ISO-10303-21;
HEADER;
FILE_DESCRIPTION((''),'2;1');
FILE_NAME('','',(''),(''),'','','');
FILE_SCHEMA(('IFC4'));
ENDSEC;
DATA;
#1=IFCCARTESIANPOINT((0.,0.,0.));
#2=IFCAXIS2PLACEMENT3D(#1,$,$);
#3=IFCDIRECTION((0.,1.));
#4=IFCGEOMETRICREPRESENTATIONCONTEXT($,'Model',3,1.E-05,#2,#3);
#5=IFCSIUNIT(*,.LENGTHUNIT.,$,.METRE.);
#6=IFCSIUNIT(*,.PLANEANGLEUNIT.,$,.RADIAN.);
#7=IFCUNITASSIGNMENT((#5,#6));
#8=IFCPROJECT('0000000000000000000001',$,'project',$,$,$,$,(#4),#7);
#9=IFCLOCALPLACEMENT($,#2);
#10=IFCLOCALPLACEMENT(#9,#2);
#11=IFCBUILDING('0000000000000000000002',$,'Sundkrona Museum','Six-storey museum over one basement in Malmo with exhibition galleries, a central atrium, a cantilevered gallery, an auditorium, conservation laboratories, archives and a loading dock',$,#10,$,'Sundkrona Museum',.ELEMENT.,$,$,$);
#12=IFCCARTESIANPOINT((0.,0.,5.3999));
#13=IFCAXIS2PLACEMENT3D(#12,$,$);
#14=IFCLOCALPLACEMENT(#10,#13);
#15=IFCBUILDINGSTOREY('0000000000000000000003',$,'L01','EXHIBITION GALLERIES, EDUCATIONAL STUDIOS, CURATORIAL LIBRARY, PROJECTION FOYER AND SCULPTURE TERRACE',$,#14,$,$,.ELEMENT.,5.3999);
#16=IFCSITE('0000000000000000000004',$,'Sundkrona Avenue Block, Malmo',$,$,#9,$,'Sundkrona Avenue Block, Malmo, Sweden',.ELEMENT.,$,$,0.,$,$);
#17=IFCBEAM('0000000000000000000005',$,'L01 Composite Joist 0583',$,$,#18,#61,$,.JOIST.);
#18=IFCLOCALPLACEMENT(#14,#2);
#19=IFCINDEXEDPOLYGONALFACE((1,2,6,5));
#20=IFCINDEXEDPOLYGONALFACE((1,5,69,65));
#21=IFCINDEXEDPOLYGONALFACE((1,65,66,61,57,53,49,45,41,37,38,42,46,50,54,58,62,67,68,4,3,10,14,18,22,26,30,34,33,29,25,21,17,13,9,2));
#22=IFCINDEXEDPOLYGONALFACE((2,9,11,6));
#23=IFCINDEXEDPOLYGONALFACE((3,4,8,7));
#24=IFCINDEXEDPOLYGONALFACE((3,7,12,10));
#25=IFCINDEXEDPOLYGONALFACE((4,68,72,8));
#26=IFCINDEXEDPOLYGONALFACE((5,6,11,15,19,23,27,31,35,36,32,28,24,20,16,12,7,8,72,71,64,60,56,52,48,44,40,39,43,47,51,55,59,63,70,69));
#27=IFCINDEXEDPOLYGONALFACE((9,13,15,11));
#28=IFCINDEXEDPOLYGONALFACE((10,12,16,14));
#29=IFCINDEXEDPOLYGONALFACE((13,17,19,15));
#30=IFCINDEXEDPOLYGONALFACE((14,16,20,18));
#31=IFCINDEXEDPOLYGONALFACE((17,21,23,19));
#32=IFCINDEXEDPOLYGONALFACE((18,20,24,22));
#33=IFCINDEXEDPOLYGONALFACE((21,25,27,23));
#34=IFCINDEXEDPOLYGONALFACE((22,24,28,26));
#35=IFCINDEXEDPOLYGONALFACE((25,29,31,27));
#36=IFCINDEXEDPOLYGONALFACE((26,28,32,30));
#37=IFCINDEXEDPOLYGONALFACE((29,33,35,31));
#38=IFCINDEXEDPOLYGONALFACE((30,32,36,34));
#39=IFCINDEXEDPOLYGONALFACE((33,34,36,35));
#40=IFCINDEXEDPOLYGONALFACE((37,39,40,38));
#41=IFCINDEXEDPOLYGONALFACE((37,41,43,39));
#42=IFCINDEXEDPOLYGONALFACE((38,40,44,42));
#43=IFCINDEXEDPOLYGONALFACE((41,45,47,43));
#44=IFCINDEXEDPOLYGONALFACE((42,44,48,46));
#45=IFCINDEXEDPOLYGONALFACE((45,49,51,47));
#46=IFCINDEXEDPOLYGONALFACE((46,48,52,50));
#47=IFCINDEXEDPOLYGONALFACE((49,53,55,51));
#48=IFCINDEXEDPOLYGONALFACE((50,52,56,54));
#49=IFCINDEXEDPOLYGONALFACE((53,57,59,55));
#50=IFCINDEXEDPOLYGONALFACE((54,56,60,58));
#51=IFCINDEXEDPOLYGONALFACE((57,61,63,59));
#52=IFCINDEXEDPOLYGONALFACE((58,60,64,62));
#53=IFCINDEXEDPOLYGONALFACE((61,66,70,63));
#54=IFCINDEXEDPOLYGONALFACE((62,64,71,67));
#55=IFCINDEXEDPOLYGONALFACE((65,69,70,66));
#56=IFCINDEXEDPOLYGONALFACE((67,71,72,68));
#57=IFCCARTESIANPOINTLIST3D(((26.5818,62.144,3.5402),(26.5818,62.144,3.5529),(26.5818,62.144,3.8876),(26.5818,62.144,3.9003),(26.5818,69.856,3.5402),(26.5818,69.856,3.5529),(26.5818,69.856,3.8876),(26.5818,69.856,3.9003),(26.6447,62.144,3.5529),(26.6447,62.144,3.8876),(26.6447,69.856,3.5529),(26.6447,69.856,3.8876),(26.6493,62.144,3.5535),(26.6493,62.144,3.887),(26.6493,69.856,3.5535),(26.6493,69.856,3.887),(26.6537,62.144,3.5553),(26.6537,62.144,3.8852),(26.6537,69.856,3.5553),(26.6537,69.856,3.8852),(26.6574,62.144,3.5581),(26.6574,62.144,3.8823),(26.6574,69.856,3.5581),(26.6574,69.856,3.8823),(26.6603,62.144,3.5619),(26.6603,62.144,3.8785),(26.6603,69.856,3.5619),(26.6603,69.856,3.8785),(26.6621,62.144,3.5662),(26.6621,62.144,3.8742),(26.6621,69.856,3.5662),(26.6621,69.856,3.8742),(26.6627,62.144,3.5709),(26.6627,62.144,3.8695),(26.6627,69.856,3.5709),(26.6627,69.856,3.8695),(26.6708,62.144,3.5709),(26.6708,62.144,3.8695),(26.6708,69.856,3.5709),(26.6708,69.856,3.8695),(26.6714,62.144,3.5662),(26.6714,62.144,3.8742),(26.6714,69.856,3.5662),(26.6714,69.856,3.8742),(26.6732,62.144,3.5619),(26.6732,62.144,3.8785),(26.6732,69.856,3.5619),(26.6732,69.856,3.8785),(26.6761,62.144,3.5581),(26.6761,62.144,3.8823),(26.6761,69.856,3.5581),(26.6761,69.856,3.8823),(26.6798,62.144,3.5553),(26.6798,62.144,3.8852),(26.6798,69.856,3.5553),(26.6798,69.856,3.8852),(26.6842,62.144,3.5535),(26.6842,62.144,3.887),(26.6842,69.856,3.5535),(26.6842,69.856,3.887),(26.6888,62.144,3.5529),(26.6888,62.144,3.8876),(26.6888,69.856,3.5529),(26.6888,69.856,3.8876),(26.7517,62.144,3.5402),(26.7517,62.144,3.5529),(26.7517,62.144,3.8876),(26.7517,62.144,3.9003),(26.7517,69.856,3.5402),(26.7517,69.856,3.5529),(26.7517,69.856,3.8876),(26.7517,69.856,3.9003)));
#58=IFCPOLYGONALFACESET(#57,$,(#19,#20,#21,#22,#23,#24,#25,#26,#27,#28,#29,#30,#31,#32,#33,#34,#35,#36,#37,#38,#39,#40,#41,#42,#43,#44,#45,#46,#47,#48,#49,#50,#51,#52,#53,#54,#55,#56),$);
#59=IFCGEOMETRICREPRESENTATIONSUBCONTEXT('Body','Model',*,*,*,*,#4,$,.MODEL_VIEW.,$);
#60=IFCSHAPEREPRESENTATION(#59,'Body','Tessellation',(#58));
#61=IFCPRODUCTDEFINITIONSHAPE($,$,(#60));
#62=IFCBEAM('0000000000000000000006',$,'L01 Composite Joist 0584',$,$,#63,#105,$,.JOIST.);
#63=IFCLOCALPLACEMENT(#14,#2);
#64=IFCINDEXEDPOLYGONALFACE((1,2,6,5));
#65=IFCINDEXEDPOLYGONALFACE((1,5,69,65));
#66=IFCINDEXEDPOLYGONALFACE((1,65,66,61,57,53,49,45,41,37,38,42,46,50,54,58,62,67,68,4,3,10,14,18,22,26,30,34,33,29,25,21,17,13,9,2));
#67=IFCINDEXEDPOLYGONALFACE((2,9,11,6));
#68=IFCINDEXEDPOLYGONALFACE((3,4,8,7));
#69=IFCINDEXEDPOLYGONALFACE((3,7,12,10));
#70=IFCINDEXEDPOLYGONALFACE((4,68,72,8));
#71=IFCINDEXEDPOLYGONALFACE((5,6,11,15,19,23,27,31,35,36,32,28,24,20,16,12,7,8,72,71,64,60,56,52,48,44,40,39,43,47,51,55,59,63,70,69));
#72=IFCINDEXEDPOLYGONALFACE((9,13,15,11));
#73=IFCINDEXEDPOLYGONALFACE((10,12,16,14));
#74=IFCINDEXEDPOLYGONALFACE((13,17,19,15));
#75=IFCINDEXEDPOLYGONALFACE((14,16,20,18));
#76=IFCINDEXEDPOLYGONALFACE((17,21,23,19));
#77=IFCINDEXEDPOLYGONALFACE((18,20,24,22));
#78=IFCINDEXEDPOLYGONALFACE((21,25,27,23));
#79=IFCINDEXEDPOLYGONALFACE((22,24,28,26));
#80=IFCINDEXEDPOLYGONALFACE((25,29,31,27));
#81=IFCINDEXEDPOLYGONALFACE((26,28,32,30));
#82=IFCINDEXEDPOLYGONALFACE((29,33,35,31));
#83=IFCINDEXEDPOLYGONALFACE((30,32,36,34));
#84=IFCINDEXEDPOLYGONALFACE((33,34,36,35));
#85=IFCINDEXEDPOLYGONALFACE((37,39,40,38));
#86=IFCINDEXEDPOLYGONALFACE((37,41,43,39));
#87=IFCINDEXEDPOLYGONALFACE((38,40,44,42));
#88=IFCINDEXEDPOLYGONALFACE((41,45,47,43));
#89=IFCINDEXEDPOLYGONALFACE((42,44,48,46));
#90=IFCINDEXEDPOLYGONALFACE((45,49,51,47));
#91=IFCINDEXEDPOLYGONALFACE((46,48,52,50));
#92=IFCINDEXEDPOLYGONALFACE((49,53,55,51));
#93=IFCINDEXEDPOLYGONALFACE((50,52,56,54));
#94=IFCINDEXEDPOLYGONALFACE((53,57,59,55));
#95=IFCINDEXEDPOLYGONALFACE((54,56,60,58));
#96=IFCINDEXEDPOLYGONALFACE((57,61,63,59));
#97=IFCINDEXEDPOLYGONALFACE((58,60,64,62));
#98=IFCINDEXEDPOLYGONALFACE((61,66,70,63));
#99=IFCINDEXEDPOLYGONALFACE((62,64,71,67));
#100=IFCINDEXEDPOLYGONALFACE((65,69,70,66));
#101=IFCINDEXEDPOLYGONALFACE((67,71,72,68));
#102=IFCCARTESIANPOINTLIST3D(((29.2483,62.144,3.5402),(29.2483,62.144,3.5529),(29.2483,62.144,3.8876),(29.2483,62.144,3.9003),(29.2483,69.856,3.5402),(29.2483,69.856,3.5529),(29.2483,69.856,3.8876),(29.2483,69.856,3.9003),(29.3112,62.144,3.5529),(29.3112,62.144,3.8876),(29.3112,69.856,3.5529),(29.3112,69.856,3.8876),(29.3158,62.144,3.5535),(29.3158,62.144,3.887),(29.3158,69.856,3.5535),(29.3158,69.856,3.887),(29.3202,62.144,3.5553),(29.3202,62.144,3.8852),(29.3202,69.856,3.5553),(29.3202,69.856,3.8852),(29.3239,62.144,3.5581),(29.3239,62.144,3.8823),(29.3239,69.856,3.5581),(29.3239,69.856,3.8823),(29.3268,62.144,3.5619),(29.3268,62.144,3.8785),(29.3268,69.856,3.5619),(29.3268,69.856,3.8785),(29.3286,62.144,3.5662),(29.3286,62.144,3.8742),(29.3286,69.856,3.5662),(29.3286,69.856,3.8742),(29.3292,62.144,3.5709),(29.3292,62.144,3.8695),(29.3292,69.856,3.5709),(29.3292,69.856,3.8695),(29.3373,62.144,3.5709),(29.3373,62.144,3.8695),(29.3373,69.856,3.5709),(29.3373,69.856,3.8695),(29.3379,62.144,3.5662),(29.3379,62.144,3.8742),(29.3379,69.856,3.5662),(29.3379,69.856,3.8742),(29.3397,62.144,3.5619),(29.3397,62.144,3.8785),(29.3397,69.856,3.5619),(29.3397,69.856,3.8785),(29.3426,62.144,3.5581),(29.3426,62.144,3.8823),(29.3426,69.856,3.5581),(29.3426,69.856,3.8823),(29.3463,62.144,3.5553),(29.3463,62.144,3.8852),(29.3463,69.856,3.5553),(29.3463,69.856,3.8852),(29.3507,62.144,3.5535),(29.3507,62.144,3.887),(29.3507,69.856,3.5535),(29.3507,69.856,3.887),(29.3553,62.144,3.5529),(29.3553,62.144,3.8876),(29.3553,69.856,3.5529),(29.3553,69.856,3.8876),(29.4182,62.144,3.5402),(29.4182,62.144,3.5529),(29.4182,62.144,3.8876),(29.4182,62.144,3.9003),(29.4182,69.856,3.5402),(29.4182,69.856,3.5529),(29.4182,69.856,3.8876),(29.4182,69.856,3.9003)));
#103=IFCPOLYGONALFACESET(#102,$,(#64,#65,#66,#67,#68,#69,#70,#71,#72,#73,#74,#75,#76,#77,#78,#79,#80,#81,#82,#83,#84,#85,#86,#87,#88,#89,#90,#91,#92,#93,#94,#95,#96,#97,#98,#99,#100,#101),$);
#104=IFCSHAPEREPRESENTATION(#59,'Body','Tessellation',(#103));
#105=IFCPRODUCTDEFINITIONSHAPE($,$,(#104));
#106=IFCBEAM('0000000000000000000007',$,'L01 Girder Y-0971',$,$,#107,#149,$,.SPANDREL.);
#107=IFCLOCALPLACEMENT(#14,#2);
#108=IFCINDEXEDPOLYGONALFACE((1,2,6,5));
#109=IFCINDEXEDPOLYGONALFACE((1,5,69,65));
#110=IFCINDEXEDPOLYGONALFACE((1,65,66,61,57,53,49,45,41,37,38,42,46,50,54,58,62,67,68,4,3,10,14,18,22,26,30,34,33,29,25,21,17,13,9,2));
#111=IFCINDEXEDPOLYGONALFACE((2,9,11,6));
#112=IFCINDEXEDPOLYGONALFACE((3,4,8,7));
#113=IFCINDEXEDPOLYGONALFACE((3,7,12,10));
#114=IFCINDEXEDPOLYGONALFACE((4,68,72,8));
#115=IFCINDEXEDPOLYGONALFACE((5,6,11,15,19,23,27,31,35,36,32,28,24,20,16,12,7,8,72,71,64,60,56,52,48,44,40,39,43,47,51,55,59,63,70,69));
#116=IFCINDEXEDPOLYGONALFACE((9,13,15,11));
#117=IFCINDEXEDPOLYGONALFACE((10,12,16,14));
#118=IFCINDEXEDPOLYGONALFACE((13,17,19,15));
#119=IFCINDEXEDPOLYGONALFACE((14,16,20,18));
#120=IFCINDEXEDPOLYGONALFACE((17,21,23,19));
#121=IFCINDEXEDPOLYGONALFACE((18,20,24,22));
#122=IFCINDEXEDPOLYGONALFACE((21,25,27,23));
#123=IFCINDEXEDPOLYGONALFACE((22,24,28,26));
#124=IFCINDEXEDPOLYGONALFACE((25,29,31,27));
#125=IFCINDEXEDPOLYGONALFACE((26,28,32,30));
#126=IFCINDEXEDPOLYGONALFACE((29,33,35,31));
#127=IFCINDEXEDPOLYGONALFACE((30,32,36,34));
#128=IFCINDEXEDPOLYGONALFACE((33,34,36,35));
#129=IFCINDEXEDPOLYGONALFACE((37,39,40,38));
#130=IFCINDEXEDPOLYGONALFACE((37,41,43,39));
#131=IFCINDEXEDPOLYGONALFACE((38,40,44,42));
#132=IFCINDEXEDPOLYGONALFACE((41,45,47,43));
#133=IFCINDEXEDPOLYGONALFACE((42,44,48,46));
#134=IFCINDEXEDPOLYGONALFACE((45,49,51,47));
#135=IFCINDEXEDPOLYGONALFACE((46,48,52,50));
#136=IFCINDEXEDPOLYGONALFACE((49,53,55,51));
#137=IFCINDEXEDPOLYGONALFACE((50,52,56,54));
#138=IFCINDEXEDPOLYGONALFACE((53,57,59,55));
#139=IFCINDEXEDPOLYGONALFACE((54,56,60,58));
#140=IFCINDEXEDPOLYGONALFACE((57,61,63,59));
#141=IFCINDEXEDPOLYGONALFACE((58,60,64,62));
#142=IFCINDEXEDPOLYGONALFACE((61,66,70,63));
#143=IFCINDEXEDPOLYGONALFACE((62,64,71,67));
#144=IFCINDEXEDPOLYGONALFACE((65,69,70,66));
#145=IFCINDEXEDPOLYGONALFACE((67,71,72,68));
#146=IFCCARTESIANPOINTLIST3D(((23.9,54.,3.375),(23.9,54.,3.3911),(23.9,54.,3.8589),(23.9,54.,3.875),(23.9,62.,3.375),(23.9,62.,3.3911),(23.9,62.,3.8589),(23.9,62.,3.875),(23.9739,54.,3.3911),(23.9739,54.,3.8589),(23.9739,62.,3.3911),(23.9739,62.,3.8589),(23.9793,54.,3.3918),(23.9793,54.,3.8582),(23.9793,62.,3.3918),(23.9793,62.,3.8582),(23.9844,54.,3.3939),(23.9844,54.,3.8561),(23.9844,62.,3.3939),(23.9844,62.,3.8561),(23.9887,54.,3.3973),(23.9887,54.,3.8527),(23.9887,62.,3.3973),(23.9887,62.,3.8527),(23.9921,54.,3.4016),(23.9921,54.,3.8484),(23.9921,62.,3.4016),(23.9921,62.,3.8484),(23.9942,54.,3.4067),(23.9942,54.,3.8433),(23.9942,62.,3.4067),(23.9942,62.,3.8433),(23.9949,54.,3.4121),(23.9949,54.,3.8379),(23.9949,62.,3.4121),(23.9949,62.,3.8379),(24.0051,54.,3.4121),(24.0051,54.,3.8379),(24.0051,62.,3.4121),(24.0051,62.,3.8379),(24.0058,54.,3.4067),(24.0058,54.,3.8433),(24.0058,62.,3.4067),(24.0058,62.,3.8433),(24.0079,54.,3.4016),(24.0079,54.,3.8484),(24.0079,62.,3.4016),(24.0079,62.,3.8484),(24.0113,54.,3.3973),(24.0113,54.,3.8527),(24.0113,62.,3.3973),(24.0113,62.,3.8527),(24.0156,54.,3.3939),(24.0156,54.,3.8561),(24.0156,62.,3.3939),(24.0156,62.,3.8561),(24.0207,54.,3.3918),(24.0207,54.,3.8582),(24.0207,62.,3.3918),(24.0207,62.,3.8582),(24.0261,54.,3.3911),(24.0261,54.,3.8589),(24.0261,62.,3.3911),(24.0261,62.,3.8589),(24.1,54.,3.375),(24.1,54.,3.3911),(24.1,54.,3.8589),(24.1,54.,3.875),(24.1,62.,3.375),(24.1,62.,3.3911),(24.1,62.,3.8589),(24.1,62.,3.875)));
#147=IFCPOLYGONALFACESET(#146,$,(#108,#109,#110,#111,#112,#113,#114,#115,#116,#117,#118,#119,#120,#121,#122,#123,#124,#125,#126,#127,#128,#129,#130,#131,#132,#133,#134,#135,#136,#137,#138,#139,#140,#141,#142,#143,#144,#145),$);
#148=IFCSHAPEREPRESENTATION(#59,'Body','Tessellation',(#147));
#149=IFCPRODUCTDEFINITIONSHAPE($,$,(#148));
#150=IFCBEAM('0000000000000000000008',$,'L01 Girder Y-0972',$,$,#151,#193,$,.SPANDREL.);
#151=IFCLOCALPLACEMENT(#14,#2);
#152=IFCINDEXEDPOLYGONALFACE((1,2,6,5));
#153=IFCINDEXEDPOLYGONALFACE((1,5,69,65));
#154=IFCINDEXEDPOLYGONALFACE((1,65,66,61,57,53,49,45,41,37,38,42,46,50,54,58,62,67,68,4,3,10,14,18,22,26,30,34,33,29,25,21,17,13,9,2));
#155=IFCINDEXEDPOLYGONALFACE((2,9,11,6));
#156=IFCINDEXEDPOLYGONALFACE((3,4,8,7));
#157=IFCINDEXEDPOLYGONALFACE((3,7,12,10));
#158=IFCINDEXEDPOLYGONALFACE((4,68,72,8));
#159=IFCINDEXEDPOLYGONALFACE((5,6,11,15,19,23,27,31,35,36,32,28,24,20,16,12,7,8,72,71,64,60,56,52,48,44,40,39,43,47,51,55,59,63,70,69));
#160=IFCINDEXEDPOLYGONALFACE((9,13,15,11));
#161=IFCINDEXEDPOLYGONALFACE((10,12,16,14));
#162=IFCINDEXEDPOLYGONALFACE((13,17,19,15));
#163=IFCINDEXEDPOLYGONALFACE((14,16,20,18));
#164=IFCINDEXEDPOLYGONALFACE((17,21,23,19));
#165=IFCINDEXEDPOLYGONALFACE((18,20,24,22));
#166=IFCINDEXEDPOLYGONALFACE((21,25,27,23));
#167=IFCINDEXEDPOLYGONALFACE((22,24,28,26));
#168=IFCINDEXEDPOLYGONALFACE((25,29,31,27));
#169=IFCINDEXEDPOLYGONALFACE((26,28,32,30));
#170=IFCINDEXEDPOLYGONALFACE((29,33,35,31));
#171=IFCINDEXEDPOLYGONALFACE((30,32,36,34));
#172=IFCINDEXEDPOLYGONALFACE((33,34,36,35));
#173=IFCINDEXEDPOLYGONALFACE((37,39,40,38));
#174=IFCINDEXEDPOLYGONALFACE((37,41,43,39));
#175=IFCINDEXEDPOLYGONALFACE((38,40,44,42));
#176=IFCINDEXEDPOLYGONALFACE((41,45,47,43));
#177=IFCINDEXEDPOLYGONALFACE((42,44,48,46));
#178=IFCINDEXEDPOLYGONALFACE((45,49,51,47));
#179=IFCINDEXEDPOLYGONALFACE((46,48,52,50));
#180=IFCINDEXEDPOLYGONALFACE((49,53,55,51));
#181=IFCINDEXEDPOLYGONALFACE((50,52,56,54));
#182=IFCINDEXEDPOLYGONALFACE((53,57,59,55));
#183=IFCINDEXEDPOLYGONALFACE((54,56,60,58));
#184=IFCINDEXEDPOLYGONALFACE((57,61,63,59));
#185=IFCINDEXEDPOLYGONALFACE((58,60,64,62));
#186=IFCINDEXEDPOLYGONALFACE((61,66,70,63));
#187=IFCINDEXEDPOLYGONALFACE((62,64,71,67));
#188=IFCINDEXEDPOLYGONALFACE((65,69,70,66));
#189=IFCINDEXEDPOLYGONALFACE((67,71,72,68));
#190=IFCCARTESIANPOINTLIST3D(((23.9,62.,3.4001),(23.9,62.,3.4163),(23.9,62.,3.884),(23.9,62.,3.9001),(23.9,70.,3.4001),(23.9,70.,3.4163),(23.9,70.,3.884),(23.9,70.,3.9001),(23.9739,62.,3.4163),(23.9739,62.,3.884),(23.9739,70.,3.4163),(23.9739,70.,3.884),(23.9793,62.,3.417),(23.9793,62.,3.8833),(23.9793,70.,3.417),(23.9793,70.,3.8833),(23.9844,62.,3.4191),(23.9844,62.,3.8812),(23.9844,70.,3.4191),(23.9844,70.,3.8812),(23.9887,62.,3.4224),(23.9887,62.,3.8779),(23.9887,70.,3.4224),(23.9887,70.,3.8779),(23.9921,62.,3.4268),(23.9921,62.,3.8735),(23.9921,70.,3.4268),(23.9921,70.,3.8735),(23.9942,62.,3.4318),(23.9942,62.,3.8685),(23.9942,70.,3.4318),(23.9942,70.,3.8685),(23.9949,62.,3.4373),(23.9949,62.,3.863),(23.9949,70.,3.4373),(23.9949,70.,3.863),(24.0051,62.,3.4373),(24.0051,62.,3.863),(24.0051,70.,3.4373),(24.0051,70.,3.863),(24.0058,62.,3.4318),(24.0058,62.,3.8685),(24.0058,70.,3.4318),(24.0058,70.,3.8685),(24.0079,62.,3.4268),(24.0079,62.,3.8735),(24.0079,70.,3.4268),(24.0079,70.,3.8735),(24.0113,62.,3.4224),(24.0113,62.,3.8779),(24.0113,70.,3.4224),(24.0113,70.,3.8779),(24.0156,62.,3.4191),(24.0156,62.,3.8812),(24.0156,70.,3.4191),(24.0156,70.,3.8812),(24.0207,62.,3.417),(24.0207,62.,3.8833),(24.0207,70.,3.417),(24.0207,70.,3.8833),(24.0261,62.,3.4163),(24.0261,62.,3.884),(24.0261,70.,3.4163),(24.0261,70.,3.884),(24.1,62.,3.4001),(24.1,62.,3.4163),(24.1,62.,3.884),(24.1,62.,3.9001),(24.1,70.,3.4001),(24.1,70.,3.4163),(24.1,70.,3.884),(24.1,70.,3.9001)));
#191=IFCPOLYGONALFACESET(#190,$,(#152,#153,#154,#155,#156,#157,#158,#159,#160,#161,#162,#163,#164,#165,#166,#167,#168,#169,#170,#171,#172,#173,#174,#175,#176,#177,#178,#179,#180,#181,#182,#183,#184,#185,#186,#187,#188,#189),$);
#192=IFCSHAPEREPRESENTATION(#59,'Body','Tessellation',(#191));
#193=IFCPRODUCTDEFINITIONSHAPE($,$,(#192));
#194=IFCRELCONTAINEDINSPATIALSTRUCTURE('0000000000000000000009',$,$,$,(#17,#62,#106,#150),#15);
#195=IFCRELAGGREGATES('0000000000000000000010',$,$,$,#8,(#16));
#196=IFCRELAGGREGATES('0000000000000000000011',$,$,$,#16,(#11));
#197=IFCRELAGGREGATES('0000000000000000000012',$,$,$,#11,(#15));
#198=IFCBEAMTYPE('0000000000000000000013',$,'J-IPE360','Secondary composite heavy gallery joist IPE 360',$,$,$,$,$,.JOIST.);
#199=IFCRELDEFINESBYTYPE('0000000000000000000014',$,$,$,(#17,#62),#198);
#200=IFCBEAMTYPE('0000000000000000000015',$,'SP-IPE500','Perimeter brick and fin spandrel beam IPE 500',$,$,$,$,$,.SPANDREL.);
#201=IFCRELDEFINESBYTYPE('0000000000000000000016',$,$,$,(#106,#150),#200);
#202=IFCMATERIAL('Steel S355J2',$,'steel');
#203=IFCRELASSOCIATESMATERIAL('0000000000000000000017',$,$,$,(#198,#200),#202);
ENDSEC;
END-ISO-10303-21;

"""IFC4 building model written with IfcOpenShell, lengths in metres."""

from ifc_helpers import new_model, si_unit, direction, frame, origin, origin_2d, place, context, subcontext, project, spatial, i_section, extrude, material, material_profile, profile_set, type_object, element, save


model = new_model("IFC4")

# Units and contexts
model_context = context("Model", 3, precision=1e-05, world=origin(), true_north=direction((0.0, 1.0)))
body_context = subcontext(model_context, "Body", "Model", "MODEL_VIEW")
ifc_project = project(units=[si_unit("LENGTHUNIT", "METRE"), si_unit("PLANEANGLEUNIT", "RADIAN")], contexts=[model_context])

# Site, building, storey
site_placement = place(None, origin())
site = spatial("IfcSite", under=ifc_project, at=site_placement, Name="Sundkrona Avenue Block, Malmo", LongName="Sundkrona Avenue Block, Malmo, Sweden", CompositionType="ELEMENT", RefElevation=0.0)
building_placement = place(site_placement, origin())
building = spatial("IfcBuilding", under=site, at=building_placement, Name="Sundkrona Museum", Description="Six-storey museum over one basement in Malmo with exhibition galleries, a central atrium, a cantilevered gallery, an auditorium, conservation laboratories, archives and a loading dock", LongName="Sundkrona Museum", CompositionType="ELEMENT")
storey_placement = place(building_placement, frame((0.0, 0.0, 5.3999)))
storey = spatial("IfcBuildingStorey", under=building, at=storey_placement, Name="L01", Description="EXHIBITION GALLERIES, EDUCATIONAL STUDIOS, CURATORIAL LIBRARY, PROJECTION FOYER AND SCULPTURE TERRACE", CompositionType="ELEMENT", Elevation=5.3999)

# Shared definitions
ifc_material_1 = material(Name="Steel S355J2", Category="steel")

# Beams
ifc_material_profile_1 = material_profile(ifc_material_1, i_section(OverallWidth=0.1699, OverallDepth=0.3601, WebThickness=0.0081, FlangeThickness=0.0127, FilletRadius=0.0181, at=origin_2d()), Name="IPE 360")
ifc_profile_set_1 = profile_set([ifc_material_profile_1], Name="Steel S355J2")
beam_type_1 = type_object("IfcBeamType", Name="J-IPE360", Description="Secondary composite heavy gallery joist IPE 360", PredefinedType="JOIST", material=ifc_profile_set_1)
for number, where, z_axis, x_axis, name in (
    (1, (26.6667, 62.144, 3.7202), (0.0, 1.0, 0.0), (-1.0, 0.0, 0.0), "L01 Composite Joist 0583"),
    (2, (29.3333, 62.144, 3.7202), (0.0, 1.0, 0.0), (-1.0, 0.0, 0.0), "L01 Composite Joist 0584"),
):
    element("IfcBeam", number, at=place(storey_placement, frame(where, z_axis=z_axis, x_axis=x_axis)), inside=storey, type_object=beam_type_1, Name=name, PredefinedType="JOIST", context=body_context, shape_type="SweptSolid", body=[
        extrude(i_section(OverallWidth=0.1699, OverallDepth=0.3601, WebThickness=0.0081, FlangeThickness=0.0127, FilletRadius=0.0181, at=origin_2d()), origin(), (0.0, 0.0, 1.0), 7.7119),
    ])
ifc_material_profile_2 = material_profile(ifc_material_1, i_section(OverallWidth=0.2, OverallDepth=0.5, WebThickness=0.0103, FlangeThickness=0.0161, FilletRadius=0.021, at=origin_2d()), Name="IPE 500")
ifc_profile_set_2 = profile_set([ifc_material_profile_2], Name="Steel S355J2")
beam_type_2 = type_object("IfcBeamType", Name="SP-IPE500", Description="Perimeter brick and fin spandrel beam IPE 500", PredefinedType="SPANDREL", material=ifc_profile_set_2)
for number, where, z_axis, x_axis, name in (
    (3, (24.0, 54.0, 3.625), (0.0, 1.0, 0.0), (-1.0, 0.0, 0.0), "L01 Girder Y-0971"),
    (4, (24.0, 62.0, 3.6501), (0.0, 1.0, 0.0), (-1.0, 0.0, 0.0), "L01 Girder Y-0972"),
):
    element("IfcBeam", number, at=place(storey_placement, frame(where, z_axis=z_axis, x_axis=x_axis)), inside=storey, type_object=beam_type_2, Name=name, PredefinedType="SPANDREL", context=body_context, shape_type="SweptSolid", body=[
        extrude(i_section(OverallWidth=0.2, OverallDepth=0.5, WebThickness=0.0103, FlangeThickness=0.0161, FilletRadius=0.021, at=origin_2d()), origin(), (0.0, 0.0, 1.0), 8.0),
    ])

save(model, "model.ifc")
